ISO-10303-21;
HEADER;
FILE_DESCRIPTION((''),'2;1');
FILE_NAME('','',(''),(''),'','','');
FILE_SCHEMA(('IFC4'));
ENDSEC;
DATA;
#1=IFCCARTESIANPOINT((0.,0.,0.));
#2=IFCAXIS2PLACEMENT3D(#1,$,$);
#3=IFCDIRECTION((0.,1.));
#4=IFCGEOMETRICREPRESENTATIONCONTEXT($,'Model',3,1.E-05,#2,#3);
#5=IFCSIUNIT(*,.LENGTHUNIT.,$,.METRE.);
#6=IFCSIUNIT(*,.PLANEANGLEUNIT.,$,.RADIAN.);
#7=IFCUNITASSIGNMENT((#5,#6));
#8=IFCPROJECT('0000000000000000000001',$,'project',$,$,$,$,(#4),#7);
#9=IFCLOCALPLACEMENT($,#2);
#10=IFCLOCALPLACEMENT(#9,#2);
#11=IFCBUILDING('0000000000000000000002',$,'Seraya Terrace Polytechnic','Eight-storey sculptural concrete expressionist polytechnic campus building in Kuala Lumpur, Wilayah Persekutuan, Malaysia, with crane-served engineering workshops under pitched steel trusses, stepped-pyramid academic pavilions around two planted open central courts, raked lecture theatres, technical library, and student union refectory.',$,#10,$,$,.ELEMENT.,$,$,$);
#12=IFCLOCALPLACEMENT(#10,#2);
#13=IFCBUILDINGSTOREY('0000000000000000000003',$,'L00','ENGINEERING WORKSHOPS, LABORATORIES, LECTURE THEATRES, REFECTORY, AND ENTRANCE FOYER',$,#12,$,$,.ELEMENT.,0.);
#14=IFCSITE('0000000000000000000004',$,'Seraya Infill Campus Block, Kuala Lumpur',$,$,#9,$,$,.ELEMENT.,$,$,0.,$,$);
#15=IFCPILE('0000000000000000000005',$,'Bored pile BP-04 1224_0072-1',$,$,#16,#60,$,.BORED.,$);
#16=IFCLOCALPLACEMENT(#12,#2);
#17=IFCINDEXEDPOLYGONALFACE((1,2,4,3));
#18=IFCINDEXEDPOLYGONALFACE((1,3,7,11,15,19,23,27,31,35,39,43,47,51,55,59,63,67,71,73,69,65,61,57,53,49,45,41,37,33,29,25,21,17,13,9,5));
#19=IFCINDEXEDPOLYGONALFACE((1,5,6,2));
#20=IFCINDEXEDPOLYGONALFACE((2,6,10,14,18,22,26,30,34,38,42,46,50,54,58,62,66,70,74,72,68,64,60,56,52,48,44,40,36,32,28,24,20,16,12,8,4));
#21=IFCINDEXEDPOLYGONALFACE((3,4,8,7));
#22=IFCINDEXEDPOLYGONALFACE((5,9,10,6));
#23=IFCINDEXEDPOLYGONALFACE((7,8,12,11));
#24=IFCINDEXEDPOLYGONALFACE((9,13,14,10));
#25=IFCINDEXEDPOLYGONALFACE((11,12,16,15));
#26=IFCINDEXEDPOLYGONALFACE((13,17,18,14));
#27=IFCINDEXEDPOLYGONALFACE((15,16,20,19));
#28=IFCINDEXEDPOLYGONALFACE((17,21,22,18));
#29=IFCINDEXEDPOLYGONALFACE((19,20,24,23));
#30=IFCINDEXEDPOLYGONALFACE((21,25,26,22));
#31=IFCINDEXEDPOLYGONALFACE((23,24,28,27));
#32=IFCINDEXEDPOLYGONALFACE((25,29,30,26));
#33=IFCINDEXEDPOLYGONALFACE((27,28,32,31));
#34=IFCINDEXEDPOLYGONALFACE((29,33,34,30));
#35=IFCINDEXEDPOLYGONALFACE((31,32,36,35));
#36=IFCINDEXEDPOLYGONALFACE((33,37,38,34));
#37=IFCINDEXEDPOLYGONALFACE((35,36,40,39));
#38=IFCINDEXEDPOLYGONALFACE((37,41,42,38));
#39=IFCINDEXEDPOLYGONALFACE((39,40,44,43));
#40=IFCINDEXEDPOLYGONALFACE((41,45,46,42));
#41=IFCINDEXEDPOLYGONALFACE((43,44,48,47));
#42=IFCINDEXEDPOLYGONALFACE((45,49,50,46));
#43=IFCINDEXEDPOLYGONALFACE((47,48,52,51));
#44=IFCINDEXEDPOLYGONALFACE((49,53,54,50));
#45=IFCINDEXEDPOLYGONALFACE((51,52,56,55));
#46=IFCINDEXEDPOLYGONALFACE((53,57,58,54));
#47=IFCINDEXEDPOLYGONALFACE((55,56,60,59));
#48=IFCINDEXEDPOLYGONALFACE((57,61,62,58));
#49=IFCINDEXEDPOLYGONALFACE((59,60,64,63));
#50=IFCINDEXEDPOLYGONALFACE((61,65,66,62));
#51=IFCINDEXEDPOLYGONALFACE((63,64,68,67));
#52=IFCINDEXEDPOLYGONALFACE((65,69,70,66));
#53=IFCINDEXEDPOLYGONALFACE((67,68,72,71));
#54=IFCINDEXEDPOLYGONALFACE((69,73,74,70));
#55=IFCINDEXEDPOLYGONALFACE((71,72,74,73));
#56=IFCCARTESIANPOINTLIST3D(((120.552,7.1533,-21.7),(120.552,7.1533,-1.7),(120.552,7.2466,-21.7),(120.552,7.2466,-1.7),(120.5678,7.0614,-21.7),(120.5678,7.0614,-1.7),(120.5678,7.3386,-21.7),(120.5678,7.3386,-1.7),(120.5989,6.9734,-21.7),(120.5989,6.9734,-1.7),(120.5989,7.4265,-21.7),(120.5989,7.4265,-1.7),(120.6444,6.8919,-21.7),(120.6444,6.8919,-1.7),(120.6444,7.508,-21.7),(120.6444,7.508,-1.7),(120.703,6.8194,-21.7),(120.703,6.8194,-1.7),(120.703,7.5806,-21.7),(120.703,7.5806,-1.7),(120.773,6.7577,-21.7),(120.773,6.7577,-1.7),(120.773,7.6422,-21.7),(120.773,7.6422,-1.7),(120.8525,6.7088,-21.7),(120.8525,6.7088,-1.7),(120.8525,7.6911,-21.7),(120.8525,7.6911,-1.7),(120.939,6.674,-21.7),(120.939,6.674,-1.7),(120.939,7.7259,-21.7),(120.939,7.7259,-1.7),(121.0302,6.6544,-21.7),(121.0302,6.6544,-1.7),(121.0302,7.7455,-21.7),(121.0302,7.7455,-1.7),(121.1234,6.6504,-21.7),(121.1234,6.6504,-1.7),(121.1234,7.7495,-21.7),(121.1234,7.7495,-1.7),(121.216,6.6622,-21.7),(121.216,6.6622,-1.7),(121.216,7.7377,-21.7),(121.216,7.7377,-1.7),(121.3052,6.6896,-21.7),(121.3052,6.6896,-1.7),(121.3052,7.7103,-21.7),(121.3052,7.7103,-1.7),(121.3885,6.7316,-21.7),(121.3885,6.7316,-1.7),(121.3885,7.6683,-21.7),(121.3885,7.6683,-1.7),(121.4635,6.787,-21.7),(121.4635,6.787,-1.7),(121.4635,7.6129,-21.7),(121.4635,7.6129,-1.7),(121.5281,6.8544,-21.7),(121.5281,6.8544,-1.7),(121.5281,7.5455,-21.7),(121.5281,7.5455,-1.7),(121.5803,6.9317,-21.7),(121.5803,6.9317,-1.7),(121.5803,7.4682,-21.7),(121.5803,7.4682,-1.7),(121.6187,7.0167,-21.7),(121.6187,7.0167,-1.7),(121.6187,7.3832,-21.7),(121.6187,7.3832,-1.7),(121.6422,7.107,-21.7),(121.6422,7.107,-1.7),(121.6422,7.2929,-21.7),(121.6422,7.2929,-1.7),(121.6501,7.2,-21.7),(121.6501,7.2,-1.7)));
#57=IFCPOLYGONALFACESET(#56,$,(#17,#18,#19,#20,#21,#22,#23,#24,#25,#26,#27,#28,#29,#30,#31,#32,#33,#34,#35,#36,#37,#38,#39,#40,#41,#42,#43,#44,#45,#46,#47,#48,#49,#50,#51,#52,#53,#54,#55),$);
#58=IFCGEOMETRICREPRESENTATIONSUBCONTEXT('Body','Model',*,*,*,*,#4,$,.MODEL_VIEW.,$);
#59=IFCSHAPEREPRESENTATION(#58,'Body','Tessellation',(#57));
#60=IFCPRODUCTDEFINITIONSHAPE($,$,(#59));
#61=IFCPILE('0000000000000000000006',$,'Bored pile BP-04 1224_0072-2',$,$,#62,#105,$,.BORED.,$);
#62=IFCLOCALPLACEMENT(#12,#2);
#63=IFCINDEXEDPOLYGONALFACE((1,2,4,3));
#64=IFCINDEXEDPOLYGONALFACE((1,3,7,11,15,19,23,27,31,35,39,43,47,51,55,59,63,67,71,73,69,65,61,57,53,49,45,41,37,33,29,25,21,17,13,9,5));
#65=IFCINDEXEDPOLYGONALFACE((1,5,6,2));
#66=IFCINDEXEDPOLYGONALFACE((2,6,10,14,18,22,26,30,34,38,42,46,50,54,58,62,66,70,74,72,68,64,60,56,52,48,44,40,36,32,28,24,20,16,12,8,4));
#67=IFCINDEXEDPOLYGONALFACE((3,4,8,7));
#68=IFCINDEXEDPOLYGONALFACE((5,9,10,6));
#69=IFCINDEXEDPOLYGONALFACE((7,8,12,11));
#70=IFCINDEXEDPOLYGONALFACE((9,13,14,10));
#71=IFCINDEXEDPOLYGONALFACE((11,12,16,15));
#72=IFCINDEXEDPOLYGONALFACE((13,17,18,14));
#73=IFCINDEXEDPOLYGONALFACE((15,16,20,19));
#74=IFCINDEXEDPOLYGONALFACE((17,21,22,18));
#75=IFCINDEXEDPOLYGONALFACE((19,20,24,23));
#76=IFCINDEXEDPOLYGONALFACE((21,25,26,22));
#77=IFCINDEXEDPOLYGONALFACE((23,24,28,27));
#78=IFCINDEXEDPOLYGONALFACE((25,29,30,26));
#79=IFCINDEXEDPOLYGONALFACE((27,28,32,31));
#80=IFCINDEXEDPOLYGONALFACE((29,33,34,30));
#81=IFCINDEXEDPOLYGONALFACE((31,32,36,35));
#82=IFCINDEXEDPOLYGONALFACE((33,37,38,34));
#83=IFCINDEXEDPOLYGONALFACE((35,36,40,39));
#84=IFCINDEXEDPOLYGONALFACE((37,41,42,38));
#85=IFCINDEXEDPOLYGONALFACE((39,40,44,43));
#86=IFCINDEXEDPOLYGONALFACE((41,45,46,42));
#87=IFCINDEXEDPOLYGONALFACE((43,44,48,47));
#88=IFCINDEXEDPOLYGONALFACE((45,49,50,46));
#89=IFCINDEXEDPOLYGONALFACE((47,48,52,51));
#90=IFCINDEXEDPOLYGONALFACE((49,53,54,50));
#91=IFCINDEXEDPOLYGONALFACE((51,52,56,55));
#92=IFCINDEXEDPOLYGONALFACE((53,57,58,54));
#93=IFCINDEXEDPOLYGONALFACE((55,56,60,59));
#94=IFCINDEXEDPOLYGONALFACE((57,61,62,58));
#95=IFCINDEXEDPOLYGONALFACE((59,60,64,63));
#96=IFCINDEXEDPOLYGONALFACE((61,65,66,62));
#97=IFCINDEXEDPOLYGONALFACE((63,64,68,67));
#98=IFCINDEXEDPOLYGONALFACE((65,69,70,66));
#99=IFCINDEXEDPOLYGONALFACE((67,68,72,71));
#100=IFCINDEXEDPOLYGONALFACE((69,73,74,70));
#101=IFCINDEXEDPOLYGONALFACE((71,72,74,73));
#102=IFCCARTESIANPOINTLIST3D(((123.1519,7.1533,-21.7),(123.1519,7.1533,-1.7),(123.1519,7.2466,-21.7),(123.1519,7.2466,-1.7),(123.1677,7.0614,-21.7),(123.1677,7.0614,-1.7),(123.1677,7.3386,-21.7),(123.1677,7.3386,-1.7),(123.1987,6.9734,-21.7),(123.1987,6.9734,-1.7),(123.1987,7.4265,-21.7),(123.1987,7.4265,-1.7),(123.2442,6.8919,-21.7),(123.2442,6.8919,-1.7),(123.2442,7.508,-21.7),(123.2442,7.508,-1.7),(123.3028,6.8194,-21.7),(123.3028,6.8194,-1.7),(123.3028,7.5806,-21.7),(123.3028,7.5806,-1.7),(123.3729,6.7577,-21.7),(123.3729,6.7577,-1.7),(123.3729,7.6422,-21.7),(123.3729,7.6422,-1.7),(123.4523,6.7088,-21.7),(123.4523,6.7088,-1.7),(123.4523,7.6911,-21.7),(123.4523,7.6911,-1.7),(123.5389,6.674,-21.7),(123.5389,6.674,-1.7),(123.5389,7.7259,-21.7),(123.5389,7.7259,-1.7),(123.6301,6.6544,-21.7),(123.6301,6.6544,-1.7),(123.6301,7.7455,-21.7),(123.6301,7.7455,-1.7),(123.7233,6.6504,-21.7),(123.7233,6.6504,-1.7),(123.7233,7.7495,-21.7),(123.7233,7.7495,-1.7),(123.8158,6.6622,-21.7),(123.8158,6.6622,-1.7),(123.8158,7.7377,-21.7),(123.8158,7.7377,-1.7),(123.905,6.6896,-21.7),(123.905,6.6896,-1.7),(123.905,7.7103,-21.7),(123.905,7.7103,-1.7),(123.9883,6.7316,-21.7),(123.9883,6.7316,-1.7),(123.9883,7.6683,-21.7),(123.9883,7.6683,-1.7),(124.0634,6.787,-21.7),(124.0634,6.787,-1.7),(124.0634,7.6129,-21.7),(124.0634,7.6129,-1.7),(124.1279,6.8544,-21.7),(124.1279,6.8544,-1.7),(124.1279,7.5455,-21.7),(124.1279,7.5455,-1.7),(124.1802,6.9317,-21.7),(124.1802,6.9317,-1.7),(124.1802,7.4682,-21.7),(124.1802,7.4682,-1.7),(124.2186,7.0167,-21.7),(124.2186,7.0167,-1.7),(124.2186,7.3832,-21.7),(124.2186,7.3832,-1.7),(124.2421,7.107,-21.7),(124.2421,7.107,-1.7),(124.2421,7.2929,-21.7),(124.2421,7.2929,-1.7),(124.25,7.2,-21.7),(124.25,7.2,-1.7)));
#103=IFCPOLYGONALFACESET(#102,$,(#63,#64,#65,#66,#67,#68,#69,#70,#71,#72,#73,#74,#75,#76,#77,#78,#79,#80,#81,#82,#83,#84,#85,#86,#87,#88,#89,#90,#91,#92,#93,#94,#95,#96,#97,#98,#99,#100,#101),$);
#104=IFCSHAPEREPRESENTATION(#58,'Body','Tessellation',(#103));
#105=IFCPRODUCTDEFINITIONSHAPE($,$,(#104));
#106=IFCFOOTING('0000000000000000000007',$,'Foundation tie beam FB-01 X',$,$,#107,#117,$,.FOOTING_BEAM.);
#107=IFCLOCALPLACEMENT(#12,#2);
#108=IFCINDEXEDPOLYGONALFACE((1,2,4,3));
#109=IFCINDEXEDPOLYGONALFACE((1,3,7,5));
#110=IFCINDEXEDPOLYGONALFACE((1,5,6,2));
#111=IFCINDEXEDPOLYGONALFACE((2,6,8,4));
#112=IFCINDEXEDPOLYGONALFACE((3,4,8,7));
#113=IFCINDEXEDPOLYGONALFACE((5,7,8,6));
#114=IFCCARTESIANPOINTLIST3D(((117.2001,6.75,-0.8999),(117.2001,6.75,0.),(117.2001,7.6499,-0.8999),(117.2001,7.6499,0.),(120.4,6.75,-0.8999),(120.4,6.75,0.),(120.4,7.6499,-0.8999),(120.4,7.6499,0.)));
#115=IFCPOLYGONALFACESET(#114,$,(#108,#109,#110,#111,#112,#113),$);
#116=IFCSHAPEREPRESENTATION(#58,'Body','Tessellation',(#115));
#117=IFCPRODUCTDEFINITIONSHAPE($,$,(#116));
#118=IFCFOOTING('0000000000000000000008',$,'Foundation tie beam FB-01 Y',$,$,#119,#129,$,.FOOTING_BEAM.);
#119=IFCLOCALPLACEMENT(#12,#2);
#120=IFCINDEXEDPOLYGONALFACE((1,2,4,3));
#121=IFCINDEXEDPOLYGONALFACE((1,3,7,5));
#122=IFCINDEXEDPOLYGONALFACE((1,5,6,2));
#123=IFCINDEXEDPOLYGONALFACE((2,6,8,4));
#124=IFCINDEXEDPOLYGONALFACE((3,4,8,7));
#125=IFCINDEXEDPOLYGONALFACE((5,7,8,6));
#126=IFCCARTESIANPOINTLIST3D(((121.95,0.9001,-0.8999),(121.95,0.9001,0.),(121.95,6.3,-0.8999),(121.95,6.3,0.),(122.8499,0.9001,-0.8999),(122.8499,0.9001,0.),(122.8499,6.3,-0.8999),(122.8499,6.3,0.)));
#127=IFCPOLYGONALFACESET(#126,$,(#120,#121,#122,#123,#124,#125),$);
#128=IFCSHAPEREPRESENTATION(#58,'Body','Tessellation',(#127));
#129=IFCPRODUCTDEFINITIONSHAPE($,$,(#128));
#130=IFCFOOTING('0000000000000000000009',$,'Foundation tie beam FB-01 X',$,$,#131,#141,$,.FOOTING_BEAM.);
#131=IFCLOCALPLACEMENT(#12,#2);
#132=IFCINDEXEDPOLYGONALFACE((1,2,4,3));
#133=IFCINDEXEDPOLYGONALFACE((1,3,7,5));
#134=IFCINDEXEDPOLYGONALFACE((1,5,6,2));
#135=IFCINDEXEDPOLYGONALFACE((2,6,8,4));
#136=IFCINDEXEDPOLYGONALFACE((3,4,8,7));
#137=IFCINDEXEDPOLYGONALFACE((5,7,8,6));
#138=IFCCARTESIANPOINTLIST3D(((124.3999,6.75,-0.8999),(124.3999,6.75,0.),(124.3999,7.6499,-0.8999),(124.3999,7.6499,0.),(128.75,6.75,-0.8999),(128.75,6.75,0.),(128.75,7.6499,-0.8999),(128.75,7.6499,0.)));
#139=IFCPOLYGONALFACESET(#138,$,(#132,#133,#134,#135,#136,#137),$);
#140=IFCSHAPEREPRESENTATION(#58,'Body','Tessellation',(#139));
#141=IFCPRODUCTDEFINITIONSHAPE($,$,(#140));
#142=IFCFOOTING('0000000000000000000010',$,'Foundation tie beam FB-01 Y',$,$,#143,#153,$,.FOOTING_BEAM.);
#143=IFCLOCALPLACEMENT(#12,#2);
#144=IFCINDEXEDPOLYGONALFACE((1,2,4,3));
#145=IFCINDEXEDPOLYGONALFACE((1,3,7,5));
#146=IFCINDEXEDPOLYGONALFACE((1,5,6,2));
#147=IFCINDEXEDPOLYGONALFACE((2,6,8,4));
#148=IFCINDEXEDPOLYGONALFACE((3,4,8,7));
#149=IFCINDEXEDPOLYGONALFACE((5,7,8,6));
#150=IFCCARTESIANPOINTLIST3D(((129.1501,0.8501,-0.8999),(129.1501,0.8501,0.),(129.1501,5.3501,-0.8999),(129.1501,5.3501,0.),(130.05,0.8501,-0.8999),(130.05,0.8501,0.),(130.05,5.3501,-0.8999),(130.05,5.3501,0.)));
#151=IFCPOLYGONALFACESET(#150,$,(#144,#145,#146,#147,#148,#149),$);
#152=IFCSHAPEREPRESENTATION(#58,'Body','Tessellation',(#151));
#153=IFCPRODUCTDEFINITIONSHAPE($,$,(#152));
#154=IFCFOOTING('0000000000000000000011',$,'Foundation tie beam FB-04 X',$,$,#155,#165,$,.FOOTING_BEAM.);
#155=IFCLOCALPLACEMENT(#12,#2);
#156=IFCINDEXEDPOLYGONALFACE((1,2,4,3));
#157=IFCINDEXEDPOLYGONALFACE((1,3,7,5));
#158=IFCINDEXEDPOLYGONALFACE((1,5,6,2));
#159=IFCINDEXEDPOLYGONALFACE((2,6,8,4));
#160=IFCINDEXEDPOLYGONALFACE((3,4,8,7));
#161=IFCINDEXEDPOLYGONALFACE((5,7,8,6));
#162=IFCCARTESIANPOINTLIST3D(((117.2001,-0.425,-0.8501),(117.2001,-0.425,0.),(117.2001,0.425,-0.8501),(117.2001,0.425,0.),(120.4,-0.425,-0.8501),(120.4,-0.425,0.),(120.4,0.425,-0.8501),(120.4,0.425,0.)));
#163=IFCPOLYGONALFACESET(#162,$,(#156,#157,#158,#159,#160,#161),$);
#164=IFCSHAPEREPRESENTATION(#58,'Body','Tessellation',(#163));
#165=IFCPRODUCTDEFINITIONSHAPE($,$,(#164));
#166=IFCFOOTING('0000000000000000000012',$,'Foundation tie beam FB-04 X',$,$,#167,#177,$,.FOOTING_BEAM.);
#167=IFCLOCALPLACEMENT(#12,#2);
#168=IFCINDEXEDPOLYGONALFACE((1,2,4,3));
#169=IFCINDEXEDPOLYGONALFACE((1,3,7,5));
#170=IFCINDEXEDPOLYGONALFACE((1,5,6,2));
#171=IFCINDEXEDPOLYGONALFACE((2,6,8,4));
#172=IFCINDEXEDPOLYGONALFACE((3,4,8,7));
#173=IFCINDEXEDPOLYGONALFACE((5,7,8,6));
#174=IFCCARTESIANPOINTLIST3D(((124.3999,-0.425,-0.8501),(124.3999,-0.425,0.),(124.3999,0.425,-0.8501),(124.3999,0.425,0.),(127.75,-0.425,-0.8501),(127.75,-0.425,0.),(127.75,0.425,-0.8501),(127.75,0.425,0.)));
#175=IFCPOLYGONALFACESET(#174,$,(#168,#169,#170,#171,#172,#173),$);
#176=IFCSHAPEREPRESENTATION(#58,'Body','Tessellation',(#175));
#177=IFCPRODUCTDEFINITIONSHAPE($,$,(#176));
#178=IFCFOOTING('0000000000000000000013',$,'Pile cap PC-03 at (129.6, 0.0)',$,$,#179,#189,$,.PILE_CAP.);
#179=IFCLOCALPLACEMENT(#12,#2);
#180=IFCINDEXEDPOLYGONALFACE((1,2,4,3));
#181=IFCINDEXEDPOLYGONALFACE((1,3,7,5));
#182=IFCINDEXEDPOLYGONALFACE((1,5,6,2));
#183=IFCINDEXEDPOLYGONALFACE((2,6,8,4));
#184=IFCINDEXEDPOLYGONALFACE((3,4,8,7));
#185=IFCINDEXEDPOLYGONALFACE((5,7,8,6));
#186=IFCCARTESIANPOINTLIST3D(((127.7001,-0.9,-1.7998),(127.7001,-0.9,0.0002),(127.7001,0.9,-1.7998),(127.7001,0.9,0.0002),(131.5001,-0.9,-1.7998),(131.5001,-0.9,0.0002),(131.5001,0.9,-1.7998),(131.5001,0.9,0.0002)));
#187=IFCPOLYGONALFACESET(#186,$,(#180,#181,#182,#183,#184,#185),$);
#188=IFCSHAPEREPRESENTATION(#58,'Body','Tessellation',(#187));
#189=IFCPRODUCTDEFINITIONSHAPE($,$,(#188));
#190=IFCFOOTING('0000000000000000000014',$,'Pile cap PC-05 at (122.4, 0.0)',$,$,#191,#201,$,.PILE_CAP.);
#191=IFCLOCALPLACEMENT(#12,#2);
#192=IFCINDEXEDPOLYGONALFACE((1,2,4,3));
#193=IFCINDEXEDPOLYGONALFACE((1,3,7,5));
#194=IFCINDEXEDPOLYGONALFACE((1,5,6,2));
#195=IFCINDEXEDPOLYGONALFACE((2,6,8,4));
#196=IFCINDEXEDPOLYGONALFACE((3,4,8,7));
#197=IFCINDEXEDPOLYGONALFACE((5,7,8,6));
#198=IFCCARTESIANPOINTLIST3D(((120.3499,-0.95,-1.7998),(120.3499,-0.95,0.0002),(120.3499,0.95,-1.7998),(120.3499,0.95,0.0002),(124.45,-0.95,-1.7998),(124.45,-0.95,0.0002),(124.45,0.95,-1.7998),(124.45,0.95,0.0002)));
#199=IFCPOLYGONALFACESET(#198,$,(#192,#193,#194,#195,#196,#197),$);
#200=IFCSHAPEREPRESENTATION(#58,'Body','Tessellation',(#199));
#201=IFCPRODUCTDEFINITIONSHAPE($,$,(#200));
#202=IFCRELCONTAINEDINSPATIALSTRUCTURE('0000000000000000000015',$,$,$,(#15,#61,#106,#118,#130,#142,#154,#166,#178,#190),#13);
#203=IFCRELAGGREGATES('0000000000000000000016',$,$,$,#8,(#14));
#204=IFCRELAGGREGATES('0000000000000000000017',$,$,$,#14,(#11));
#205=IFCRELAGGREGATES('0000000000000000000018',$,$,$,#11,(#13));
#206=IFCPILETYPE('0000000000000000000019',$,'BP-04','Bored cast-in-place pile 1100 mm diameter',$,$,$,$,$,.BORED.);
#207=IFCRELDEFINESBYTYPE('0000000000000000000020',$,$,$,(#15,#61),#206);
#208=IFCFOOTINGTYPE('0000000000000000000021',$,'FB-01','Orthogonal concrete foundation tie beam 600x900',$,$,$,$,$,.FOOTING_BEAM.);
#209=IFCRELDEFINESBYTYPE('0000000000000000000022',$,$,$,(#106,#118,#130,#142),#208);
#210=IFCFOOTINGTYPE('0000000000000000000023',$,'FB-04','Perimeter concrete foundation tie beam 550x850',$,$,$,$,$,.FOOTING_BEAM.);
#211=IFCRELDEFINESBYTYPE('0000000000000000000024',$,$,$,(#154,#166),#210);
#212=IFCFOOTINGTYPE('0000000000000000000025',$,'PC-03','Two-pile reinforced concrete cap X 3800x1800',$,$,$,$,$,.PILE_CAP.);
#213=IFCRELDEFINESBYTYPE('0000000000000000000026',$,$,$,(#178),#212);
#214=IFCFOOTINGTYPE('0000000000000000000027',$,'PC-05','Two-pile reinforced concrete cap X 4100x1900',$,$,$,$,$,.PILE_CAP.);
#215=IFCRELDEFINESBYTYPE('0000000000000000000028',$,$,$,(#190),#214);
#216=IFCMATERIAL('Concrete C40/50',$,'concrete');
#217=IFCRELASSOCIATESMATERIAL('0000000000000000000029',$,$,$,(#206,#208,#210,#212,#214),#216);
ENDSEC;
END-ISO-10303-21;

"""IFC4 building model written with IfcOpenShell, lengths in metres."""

from ifc_helpers import new_model, si_unit, direction, frame, origin, origin_2d, place, context, subcontext, project, spatial, rectangle, circle, extrude, material, material_profile, profile_set, type_object, element, save


model = new_model("IFC4")

# Units and contexts
model_context = context("Model", 3, precision=1e-05, world=origin(), true_north=direction((0.0, 1.0)))
body_context = subcontext(model_context, "Body", "Model", "MODEL_VIEW")
ifc_project = project(units=[si_unit("LENGTHUNIT", "METRE"), si_unit("PLANEANGLEUNIT", "RADIAN")], contexts=[model_context])

# Site, building, storey
site_placement = place(None, origin())
site = spatial("IfcSite", under=ifc_project, at=site_placement, Name="Seraya Infill Campus Block, Kuala Lumpur", CompositionType="ELEMENT", RefElevation=0.0)
building_placement = place(site_placement, origin())
building = spatial("IfcBuilding", under=site, at=building_placement, Name="Seraya Terrace Polytechnic", Description="Eight-storey sculptural concrete expressionist polytechnic campus building in Kuala Lumpur, Wilayah Persekutuan, Malaysia, with crane-served engineering workshops under pitched steel trusses, stepped-pyramid academic pavilions around two planted open central courts, raked lecture theatres, technical library, and student union refectory.", CompositionType="ELEMENT")
storey_placement = place(building_placement, origin())
storey = spatial("IfcBuildingStorey", under=building, at=storey_placement, Name="L00", Description="ENGINEERING WORKSHOPS, LABORATORIES, LECTURE THEATRES, REFECTORY, AND ENTRANCE FOYER", CompositionType="ELEMENT", Elevation=0.0)

# Piles
ifc_material_1 = material(Name="Concrete C40/50", Category="concrete")
ifc_material_profile_1 = material_profile(ifc_material_1, circle(Radius=0.55, at=origin_2d()), Name="DIA 1100")
ifc_profile_set_1 = profile_set([ifc_material_profile_1], Name="Concrete C40/50")
pile_type_1 = type_object("IfcPileType", Name="BP-04", Description="Bored cast-in-place pile 1100 mm diameter", PredefinedType="BORED", material=ifc_profile_set_1)
for number, where, z_axis, x_axis, name in (
    (1, (121.1001, 7.2, -1.7), (0.0, 0.0, -1.0), (1.0, 0.0, 0.0), "Bored pile BP-04 1224_0072-1"),
    (2, (123.7, 7.2, -1.7), (0.0, 0.0, -1.0), (1.0, 0.0, 0.0), "Bored pile BP-04 1224_0072-2"),
):
    element("IfcPile", number, at=place(storey_placement, frame(where, z_axis=z_axis, x_axis=x_axis)), inside=storey, type_object=pile_type_1, Name=name, PredefinedType="BORED", context=body_context, shape_type="SweptSolid", body=[
        extrude(circle(Radius=0.55, at=origin_2d()), origin(), (0.0, 0.0, 1.0), 20.0),
    ])

# Footings
footing_type_1 = type_object("IfcFootingType", Name="FB-01", Description="Orthogonal concrete foundation tie beam 600x900", PredefinedType="FOOTING_BEAM", material=ifc_material_1)
footing_1_placement = place(storey_placement, frame((118.8, 7.2, -0.8999), z_axis=(0.0, 0.0, 1.0), x_axis=(1.0, 0.0, 0.0)))
element("IfcFooting", 3, at=footing_1_placement, inside=storey, type_object=footing_type_1, Name="Foundation tie beam FB-01 X", PredefinedType="FOOTING_BEAM", context=body_context, shape_type="SweptSolid", body=[
    extrude(rectangle(XDim=3.2, YDim=0.8999, at=origin_2d()), origin(), (0.0, 0.0, 1.0), 0.8999),
])
footing_2_placement = place(storey_placement, frame((122.3999, 3.6001, -0.8999), z_axis=(0.0, 0.0, 1.0), x_axis=(0.0, 1.0, 0.0)))
element("IfcFooting", 4, at=footing_2_placement, inside=storey, type_object=footing_type_1, Name="Foundation tie beam FB-01 Y", PredefinedType="FOOTING_BEAM", context=body_context, shape_type="SweptSolid", body=[
    extrude(rectangle(XDim=5.3999, YDim=0.8999, at=origin_2d()), origin(), (0.0, 0.0, 1.0), 0.8999),
])
footing_3_placement = place(storey_placement, frame((126.575, 7.2, -0.8999), z_axis=(0.0, 0.0, 1.0), x_axis=(1.0, 0.0, 0.0)))
element("IfcFooting", 5, at=footing_3_placement, inside=storey, type_object=footing_type_1, Name="Foundation tie beam FB-01 X", PredefinedType="FOOTING_BEAM", context=body_context, shape_type="SweptSolid", body=[
    extrude(rectangle(XDim=4.3501, YDim=0.8999, at=origin_2d()), origin(), (0.0, 0.0, 1.0), 0.8999),
])
footing_4_placement = place(storey_placement, frame((129.6001, 3.1001, -0.8999), z_axis=(0.0, 0.0, 1.0), x_axis=(0.0, 1.0, 0.0)))
element("IfcFooting", 6, at=footing_4_placement, inside=storey, type_object=footing_type_1, Name="Foundation tie beam FB-01 Y", PredefinedType="FOOTING_BEAM", context=body_context, shape_type="SweptSolid", body=[
    extrude(rectangle(XDim=4.5, YDim=0.8999, at=origin_2d()), origin(), (0.0, 0.0, 1.0), 0.8999),
])
footing_type_2 = type_object("IfcFootingType", Name="FB-04", Description="Perimeter concrete foundation tie beam 550x850", PredefinedType="FOOTING_BEAM", material=ifc_material_1)
footing_5_placement = place(storey_placement, frame((118.8, 0.0, -0.8501), z_axis=(0.0, 0.0, 1.0), x_axis=(1.0, 0.0, 0.0)))
element("IfcFooting", 7, at=footing_5_placement, inside=storey, type_object=footing_type_2, Name="Foundation tie beam FB-04 X", PredefinedType="FOOTING_BEAM", context=body_context, shape_type="SweptSolid", body=[
    extrude(rectangle(XDim=3.2, YDim=0.8501, at=origin_2d()), origin(), (0.0, 0.0, 1.0), 0.8501),
])
footing_6_placement = place(storey_placement, frame((126.075, 0.0, -0.8501), z_axis=(0.0, 0.0, 1.0), x_axis=(1.0, 0.0, 0.0)))
element("IfcFooting", 8, at=footing_6_placement, inside=storey, type_object=footing_type_2, Name="Foundation tie beam FB-04 X", PredefinedType="FOOTING_BEAM", context=body_context, shape_type="SweptSolid", body=[
    extrude(rectangle(XDim=3.3501, YDim=0.8501, at=origin_2d()), origin(), (0.0, 0.0, 1.0), 0.8501),
])
footing_type_3 = type_object("IfcFootingType", Name="PC-03", Description="Two-pile reinforced concrete cap X 3800x1800", PredefinedType="PILE_CAP", material=ifc_material_1)
footing_7_placement = place(storey_placement, frame((129.6001, 0.0, -1.7998), z_axis=(0.0, 0.0, 1.0), x_axis=(1.0, 0.0, 0.0)))
element("IfcFooting", 9, at=footing_7_placement, inside=storey, type_object=footing_type_3, Name="Pile cap PC-03 at (129.6, 0.0)", PredefinedType="PILE_CAP", context=body_context, shape_type="SweptSolid", body=[
    extrude(rectangle(XDim=3.8, YDim=1.8, at=origin_2d()), origin(), (0.0, 0.0, 1.0), 1.8),
])
footing_type_4 = type_object("IfcFootingType", Name="PC-05", Description="Two-pile reinforced concrete cap X 4100x1900", PredefinedType="PILE_CAP", material=ifc_material_1)
for number, where, z_axis, x_axis, name in (
    (10, (122.3999, 0.0, -1.7998), (0.0, 0.0, 1.0), (1.0, 0.0, 0.0), "Pile cap PC-05 at (122.4, 0.0)"),
):
    element("IfcFooting", number, at=place(storey_placement, frame(where, z_axis=z_axis, x_axis=x_axis)), inside=storey, type_object=footing_type_4, Name=name, PredefinedType="PILE_CAP", context=body_context, shape_type="SweptSolid", body=[
        extrude(rectangle(XDim=4.1001, YDim=1.8999, at=origin_2d()), origin(), (0.0, 0.0, 1.0), 1.8),
    ])

save(model, "model.ifc")
